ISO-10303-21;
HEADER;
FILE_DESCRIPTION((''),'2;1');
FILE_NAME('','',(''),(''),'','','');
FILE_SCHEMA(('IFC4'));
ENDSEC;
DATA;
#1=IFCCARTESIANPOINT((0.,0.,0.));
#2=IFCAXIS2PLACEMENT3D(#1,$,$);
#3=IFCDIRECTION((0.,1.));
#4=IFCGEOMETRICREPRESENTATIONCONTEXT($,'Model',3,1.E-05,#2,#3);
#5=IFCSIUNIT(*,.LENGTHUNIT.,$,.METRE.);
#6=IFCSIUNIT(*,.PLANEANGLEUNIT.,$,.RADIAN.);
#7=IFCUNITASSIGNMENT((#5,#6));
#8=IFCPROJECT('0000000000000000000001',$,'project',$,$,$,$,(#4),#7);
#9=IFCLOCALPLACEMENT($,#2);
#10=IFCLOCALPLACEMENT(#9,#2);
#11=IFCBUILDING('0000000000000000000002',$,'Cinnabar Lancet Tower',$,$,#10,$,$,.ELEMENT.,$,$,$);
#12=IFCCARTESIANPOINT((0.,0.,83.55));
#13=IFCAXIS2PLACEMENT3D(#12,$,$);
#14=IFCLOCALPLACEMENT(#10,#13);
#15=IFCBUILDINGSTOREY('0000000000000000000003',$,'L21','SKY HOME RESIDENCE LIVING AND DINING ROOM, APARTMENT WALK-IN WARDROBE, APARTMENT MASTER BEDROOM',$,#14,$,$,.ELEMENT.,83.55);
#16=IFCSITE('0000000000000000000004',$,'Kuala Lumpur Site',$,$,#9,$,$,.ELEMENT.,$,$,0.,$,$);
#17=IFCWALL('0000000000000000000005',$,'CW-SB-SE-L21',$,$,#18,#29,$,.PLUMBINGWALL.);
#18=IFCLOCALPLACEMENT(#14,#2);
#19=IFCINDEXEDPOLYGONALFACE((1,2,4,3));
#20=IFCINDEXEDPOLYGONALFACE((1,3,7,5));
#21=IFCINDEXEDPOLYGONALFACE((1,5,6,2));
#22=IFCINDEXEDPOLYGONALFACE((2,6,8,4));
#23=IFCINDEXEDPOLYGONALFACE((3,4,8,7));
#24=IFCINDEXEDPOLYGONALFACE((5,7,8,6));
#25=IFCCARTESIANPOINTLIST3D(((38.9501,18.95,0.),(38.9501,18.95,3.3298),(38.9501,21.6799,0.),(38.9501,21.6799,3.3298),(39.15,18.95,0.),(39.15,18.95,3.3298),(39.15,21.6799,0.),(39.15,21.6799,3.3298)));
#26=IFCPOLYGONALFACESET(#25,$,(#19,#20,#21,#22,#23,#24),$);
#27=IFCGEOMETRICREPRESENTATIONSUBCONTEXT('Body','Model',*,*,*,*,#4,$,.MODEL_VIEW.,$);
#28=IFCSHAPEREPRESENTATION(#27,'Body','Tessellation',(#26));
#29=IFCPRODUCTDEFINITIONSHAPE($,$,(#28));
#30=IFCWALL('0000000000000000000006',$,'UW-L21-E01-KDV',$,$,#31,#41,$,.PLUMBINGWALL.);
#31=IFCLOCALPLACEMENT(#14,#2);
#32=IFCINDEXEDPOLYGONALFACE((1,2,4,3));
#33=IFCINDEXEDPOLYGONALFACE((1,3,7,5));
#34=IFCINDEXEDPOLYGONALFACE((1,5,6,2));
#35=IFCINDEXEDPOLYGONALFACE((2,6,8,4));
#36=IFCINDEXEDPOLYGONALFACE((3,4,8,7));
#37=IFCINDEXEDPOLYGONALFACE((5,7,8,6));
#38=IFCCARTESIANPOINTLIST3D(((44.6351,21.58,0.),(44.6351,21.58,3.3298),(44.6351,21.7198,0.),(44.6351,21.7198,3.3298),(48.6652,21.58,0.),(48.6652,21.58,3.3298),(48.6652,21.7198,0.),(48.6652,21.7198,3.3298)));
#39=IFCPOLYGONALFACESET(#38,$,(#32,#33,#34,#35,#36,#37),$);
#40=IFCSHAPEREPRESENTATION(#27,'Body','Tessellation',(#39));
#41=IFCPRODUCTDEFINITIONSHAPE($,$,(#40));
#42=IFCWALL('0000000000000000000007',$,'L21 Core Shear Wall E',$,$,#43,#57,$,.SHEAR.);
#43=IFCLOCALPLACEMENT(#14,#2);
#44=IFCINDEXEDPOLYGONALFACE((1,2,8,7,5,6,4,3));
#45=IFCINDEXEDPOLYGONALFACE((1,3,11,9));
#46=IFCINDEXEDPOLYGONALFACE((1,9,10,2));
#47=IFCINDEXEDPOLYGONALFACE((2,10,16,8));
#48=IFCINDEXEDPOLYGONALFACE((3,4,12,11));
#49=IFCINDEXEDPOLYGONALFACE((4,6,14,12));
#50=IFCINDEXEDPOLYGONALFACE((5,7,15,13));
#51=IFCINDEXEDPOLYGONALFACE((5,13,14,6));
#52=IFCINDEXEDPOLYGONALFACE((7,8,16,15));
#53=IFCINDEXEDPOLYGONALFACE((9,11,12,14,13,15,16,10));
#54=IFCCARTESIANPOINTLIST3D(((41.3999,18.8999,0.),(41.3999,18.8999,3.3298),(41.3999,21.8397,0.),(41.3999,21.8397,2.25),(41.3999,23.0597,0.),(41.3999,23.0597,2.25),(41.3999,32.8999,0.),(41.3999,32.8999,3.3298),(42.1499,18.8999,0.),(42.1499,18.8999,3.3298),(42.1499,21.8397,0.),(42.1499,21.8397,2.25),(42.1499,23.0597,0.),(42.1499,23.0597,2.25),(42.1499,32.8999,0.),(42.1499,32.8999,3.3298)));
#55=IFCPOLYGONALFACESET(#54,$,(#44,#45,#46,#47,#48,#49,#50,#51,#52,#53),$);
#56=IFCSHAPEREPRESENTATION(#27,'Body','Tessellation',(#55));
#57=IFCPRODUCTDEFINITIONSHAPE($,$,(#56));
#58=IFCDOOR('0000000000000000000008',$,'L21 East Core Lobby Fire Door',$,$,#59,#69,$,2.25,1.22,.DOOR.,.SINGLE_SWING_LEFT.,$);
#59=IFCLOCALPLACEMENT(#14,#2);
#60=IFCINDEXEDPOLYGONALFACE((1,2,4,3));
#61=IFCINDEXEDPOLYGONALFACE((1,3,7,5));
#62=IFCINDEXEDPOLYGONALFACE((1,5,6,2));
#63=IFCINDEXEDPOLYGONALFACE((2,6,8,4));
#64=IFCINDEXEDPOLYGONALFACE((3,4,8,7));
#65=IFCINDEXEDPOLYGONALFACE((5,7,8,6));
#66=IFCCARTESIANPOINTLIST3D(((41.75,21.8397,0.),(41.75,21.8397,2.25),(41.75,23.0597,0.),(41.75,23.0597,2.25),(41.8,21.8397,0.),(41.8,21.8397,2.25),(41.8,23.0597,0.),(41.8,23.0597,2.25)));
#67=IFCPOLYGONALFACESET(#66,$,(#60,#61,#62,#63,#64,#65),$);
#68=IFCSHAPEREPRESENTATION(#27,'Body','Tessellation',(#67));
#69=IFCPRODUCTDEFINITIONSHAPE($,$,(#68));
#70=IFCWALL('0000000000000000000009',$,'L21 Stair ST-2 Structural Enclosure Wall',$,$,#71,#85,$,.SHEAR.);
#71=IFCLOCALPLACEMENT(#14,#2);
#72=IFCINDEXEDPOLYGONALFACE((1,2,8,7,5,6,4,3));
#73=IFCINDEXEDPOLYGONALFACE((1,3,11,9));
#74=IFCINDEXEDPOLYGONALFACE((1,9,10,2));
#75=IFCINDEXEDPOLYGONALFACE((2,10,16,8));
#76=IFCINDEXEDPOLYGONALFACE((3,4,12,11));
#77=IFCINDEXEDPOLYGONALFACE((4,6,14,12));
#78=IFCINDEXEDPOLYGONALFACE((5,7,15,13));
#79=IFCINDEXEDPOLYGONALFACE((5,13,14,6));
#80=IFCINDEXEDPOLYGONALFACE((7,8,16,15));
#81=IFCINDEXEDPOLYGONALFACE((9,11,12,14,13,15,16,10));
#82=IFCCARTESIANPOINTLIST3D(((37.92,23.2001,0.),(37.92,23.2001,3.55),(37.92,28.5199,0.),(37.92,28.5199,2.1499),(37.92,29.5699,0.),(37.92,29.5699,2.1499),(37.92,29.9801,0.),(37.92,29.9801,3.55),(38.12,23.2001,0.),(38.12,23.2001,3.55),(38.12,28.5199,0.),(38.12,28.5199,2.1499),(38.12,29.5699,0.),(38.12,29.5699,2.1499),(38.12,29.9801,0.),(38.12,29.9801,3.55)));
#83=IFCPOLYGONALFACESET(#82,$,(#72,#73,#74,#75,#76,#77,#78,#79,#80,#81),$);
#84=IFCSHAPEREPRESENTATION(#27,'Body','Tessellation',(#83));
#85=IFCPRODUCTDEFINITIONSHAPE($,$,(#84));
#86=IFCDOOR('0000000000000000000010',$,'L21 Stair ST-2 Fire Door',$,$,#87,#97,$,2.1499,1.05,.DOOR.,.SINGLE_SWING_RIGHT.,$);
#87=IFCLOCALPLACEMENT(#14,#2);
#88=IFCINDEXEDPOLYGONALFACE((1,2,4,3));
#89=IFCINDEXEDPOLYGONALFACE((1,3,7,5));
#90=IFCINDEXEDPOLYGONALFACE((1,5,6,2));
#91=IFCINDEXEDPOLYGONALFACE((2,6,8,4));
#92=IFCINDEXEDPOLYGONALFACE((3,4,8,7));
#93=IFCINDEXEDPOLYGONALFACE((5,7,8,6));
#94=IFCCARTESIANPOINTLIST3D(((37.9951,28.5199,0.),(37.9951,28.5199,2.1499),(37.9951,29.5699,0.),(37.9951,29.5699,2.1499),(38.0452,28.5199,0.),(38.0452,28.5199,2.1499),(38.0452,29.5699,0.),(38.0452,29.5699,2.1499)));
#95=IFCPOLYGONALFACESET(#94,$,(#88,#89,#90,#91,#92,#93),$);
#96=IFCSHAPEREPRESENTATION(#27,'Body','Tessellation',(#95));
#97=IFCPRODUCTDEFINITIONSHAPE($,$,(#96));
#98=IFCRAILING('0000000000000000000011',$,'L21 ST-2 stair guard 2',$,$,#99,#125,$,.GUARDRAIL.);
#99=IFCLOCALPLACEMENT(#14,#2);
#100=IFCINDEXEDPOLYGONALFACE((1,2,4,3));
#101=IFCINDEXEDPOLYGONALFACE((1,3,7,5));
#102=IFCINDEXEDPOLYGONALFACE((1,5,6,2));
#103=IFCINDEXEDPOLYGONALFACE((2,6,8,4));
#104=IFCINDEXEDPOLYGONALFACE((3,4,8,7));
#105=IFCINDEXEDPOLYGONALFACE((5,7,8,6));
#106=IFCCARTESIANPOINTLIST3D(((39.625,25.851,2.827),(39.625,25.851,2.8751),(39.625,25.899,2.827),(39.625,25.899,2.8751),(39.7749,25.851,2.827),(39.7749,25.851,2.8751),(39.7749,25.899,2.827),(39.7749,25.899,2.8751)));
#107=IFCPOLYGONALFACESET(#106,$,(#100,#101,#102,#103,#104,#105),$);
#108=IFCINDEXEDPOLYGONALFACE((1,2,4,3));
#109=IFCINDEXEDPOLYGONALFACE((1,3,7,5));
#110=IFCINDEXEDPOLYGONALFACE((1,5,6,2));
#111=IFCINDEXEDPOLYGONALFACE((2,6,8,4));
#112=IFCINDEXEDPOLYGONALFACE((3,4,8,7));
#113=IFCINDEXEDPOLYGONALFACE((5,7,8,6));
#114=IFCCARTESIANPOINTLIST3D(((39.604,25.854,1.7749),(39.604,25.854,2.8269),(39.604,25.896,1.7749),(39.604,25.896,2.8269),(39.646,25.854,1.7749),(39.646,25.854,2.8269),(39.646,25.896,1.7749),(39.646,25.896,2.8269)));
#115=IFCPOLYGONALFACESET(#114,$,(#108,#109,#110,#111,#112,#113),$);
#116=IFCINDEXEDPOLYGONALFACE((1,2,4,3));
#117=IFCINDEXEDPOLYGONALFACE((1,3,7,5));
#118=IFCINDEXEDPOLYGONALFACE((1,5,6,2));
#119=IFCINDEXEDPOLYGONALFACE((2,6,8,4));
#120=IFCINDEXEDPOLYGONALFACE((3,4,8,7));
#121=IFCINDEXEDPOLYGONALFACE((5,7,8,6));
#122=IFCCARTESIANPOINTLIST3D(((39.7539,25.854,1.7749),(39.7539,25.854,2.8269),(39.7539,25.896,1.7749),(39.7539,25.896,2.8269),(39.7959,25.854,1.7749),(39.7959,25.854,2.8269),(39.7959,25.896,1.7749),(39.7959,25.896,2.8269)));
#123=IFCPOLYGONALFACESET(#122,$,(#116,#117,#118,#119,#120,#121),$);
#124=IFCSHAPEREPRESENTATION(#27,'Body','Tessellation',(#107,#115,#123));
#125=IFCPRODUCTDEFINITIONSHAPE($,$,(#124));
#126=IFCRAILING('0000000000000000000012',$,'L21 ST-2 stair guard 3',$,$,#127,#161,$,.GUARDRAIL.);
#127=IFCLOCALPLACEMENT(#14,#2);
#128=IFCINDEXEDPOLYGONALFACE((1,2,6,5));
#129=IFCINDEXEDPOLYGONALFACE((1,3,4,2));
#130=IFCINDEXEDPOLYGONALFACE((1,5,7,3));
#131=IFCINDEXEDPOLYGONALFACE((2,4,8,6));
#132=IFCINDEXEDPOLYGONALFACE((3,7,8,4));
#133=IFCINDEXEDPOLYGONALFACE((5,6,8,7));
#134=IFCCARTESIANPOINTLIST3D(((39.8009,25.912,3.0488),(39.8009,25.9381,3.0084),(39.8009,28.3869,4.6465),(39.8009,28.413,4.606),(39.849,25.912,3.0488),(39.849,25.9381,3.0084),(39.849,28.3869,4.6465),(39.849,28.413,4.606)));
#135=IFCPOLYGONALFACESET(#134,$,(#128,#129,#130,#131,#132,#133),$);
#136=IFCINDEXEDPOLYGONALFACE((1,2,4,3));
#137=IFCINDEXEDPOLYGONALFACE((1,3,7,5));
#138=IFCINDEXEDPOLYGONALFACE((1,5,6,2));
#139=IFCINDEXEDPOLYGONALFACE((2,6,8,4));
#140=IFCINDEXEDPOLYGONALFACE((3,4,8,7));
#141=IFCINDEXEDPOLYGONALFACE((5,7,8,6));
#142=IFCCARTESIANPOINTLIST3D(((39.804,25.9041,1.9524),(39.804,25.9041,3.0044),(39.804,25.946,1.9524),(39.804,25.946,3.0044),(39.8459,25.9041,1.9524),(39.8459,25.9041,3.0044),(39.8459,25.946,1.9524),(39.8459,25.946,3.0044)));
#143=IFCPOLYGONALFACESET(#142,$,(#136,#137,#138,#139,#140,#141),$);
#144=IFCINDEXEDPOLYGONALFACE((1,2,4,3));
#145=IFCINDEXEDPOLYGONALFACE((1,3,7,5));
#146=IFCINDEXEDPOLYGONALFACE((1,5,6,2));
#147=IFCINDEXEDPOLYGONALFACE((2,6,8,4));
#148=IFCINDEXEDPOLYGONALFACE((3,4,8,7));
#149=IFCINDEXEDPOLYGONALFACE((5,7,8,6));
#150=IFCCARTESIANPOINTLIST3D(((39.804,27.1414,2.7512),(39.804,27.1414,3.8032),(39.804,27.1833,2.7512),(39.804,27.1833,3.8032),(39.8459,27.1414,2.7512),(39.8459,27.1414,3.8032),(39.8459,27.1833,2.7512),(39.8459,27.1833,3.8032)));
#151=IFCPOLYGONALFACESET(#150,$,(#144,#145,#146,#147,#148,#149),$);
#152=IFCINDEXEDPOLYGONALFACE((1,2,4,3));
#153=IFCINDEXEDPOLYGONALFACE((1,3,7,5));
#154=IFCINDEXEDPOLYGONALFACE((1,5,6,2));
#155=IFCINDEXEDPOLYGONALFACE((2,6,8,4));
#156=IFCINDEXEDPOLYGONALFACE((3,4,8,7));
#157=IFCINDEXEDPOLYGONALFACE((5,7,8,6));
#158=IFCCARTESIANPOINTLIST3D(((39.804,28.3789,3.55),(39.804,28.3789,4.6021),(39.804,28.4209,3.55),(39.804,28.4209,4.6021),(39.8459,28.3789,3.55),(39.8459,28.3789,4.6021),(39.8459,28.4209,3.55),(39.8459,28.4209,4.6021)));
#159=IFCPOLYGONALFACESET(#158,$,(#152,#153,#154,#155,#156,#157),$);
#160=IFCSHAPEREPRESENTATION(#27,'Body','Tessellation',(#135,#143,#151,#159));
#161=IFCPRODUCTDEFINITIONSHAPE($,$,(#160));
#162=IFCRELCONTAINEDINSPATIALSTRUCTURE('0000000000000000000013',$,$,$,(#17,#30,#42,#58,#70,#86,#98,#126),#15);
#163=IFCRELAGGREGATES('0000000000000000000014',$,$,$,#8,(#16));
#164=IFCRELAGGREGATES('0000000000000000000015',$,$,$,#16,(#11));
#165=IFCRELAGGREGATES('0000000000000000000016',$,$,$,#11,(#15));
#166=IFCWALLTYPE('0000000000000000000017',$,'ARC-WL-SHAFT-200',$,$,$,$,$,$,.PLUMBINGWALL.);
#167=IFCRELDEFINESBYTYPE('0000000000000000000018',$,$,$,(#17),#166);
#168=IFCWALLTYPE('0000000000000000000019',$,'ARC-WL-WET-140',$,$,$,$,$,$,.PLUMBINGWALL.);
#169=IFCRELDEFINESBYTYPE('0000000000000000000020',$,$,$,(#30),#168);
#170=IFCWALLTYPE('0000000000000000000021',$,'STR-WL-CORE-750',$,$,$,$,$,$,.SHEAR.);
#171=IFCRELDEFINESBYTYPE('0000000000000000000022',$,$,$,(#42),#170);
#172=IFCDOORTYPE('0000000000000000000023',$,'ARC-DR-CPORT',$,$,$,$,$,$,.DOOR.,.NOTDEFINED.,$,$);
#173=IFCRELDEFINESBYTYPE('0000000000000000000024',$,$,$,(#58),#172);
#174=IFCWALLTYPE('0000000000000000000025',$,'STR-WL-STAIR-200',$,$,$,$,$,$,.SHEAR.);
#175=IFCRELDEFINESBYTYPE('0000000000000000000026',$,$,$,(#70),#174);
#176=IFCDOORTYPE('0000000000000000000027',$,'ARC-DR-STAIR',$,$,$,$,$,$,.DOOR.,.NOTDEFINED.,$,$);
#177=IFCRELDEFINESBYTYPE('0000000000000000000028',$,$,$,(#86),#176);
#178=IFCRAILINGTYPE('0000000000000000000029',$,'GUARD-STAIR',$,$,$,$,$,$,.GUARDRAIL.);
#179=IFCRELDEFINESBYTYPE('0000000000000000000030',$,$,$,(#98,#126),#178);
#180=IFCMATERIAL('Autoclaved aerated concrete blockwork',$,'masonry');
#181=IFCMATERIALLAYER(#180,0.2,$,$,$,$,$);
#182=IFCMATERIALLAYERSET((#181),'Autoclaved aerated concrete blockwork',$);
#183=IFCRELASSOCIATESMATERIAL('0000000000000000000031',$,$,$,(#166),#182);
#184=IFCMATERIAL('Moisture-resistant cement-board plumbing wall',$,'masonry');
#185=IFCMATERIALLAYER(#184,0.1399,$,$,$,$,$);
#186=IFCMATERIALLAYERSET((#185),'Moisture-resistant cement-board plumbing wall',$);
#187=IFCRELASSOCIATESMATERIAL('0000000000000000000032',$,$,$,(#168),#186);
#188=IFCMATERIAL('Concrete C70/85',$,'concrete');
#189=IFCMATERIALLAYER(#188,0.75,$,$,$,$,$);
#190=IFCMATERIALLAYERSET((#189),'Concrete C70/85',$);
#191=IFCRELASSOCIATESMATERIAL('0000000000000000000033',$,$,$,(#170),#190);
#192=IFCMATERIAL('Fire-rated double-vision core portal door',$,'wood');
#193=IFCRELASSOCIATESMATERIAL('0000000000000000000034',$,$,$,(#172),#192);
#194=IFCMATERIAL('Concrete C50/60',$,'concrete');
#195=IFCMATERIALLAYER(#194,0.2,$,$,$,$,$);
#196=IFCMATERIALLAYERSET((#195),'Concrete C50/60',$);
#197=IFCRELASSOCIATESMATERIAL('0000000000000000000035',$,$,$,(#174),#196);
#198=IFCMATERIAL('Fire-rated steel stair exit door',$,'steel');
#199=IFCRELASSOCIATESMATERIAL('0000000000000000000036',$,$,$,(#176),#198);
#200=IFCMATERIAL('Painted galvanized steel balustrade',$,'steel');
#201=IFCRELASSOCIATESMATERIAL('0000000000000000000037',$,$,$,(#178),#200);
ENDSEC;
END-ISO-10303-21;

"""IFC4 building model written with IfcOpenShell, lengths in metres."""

from ifc_helpers import new_model, si_unit, direction, frame, frame_2d, origin, origin_2d, place, context, subcontext, project, spatial, rectangle, extrude, material, layer, layer_set, type_object, element, fill, save


model = new_model("IFC4")

# Units and contexts
model_context = context("Model", 3, precision=1e-05, world=origin(), true_north=direction((0.0, 1.0)))
body_context = subcontext(model_context, "Body", "Model", "MODEL_VIEW")
ifc_project = project(units=[si_unit("LENGTHUNIT", "METRE"), si_unit("PLANEANGLEUNIT", "RADIAN")], contexts=[model_context])

# Site, building, storey
site_placement = place(None, origin())
site = spatial("IfcSite", under=ifc_project, at=site_placement, Name="Kuala Lumpur Site", CompositionType="ELEMENT", RefElevation=0.0)
building_placement = place(site_placement, origin())
building = spatial("IfcBuilding", under=site, at=building_placement, Name="Cinnabar Lancet Tower", CompositionType="ELEMENT")
storey_placement = place(building_placement, frame((0.0, 0.0, 83.55)))
storey = spatial("IfcBuildingStorey", under=building, at=storey_placement, Name="L21", Description="SKY HOME RESIDENCE LIVING AND DINING ROOM, APARTMENT WALK-IN WARDROBE, APARTMENT MASTER BEDROOM", CompositionType="ELEMENT", Elevation=83.55)

# Shared definitions
ifc_material_1 = material(Name="Autoclaved aerated concrete blockwork", Category="masonry")
ifc_layer_1 = layer(ifc_material_1, 0.2)
ifc_layer_set_1 = layer_set([ifc_layer_1], Name="Autoclaved aerated concrete blockwork")
wall_type_1 = type_object("IfcWallType", Name="ARC-WL-SHAFT-200", PredefinedType="PLUMBINGWALL", material=ifc_layer_set_1)

# Walls
for number, where, z_axis, x_axis, name in (
    (1, (39.05, 18.95, 0.0), (0.0, 0.0, 1.0), (0.0, 1.0, 0.0), "CW-SB-SE-L21"),
):
    element("IfcWall", number, at=place(storey_placement, frame(where, z_axis=z_axis, x_axis=x_axis)), inside=storey, type_object=wall_type_1, Name=name, PredefinedType="PLUMBINGWALL", context=body_context, shape_type="SweptSolid", body=[
        extrude(rectangle(XDim=2.73, YDim=0.2, at=frame_2d((1.365, 0.0))), origin(), (0.0, 0.0, 1.0), 3.3298),
    ])
ifc_material_2 = material(Name="Moisture-resistant cement-board plumbing wall", Category="masonry")
ifc_layer_2 = layer(ifc_material_2, 0.1399)
ifc_layer_set_2 = layer_set([ifc_layer_2], Name="Moisture-resistant cement-board plumbing wall")
wall_type_2 = type_object("IfcWallType", Name="ARC-WL-WET-140", PredefinedType="PLUMBINGWALL", material=ifc_layer_set_2)
wall_1_placement = place(storey_placement, frame((44.635, 21.6499, 0.0), z_axis=(0.0, 0.0, 1.0), x_axis=(1.0, 0.0, 0.0)))
element("IfcWall", 2, at=wall_1_placement, inside=storey, type_object=wall_type_2, Name="UW-L21-E01-KDV", PredefinedType="PLUMBINGWALL", context=body_context, shape_type="SweptSolid", body=[
    extrude(rectangle(XDim=4.03, YDim=0.1399, at=frame_2d((2.0151, 0.0))), origin(), (0.0, 0.0, 1.0), 3.3298),
])

# Walls, openings, doors
ifc_material_3 = material(Name="Concrete C70/85", Category="concrete")
ifc_layer_3 = layer(ifc_material_3, 0.75)
ifc_layer_set_3 = layer_set([ifc_layer_3], Name="Concrete C70/85")
wall_type_3 = type_object("IfcWallType", Name="STR-WL-CORE-750", PredefinedType="SHEAR", material=ifc_layer_set_3)
wall_2_placement = place(storey_placement, frame((41.7749, 18.8999, 0.0), z_axis=(0.0, 0.0, 1.0), x_axis=(0.0, 1.0, 0.0)))
wall_2 = element("IfcWall", 3, at=wall_2_placement, inside=storey, type_object=wall_type_3, Name="L21 Core Shear Wall E", PredefinedType="SHEAR", context=body_context, shape_type="SweptSolid", body=[
    extrude(rectangle(XDim=14.0, YDim=0.75, at=frame_2d((7.0, 0.0))), origin(), (0.0, 0.0, 1.0), 3.3298),
])
opening_1_placement = place(wall_2_placement, frame((2.9399, 0.0, 0.0)))
opening_1 = element("IfcOpeningElement", 4, at=opening_1_placement, cuts=wall_2, PredefinedType="OPENING", context=body_context, shape_type="SweptSolid", body=[
    extrude(rectangle(XDim=1.22, YDim=2.25, at=frame_2d((0.6099, 1.125))), frame((0.0, 0.385, 0.0), z_axis=(0.0, -1.0, 0.0), x_axis=(1.0, 0.0, 0.0)), (0.0, 0.0, 1.0), 0.77),
])
ifc_material_4 = material(Name="Fire-rated double-vision core portal door", Category="wood")
door_type_1 = type_object("IfcDoorType", Name="ARC-DR-CPORT", OperationType="NOTDEFINED", PredefinedType="DOOR", material=ifc_material_4)
door_1_placement = place(opening_1_placement, origin())
door_1 = element("IfcDoor", 5, at=door_1_placement, inside=storey, type_object=door_type_1, Name="L21 East Core Lobby Fire Door", OperationType="SINGLE_SWING_LEFT", OverallHeight=2.25, OverallWidth=1.22, PredefinedType="DOOR", context=body_context, shape_type="SweptSolid", body=[
    extrude(rectangle(XDim=1.22, YDim=2.25, at=frame_2d((0.6099, 1.125))), frame((0.0, 0.0249, 0.0), z_axis=(0.0, -1.0, 0.0), x_axis=(1.0, 0.0, 0.0)), (0.0, 0.0, 1.0), 0.05),
])
fill(opening_1, door_1)
ifc_material_5 = material(Name="Concrete C50/60", Category="concrete")
ifc_layer_4 = layer(ifc_material_5, 0.2)
ifc_layer_set_4 = layer_set([ifc_layer_4], Name="Concrete C50/60")
wall_type_4 = type_object("IfcWallType", Name="STR-WL-STAIR-200", PredefinedType="SHEAR", material=ifc_layer_set_4)
wall_3_placement = place(storey_placement, frame((38.02, 23.2, 0.0), z_axis=(0.0, 0.0, 1.0), x_axis=(0.0, 1.0, 0.0)))
wall_3 = element("IfcWall", 6, at=wall_3_placement, inside=storey, type_object=wall_type_4, Name="L21 Stair ST-2 Structural Enclosure Wall", PredefinedType="SHEAR", context=body_context, shape_type="SweptSolid", body=[
    extrude(rectangle(XDim=6.78, YDim=0.2, at=frame_2d((3.3901, 0.0))), origin(), (0.0, 0.0, 1.0), 3.55),
])
opening_2_placement = place(wall_3_placement, frame((5.3201, 0.0, 0.0)))
opening_2 = element("IfcOpeningElement", 7, at=opening_2_placement, cuts=wall_3, PredefinedType="OPENING", context=body_context, shape_type="SweptSolid", body=[
    extrude(rectangle(XDim=1.05, YDim=2.1499, at=frame_2d((0.5249, 1.075))), frame((0.0, 0.1099, 0.0), z_axis=(0.0, -1.0, 0.0), x_axis=(1.0, 0.0, 0.0)), (0.0, 0.0, 1.0), 0.22),
])
ifc_material_6 = material(Name="Fire-rated steel stair exit door", Category="steel")
door_type_2 = type_object("IfcDoorType", Name="ARC-DR-STAIR", OperationType="NOTDEFINED", PredefinedType="DOOR", material=ifc_material_6)
door_2_placement = place(opening_2_placement, origin())
door_2 = element("IfcDoor", 8, at=door_2_placement, inside=storey, type_object=door_type_2, Name="L21 Stair ST-2 Fire Door", OperationType="SINGLE_SWING_RIGHT", OverallHeight=2.1499, OverallWidth=1.05, PredefinedType="DOOR", context=body_context, shape_type="SweptSolid", body=[
    extrude(rectangle(XDim=1.05, YDim=2.1499, at=frame_2d((0.5249, 1.075))), frame((0.0, 0.0249, 0.0), z_axis=(0.0, -1.0, 0.0), x_axis=(1.0, 0.0, 0.0)), (0.0, 0.0, 1.0), 0.05),
])
fill(opening_2, door_2)

# Railings
ifc_material_7 = material(Name="Painted galvanized steel balustrade", Category="steel")
railing_type = type_object("IfcRailingType", Name="GUARD-STAIR", PredefinedType="GUARDRAIL", material=ifc_material_7)
railing_1_placement = place(storey_placement, frame((39.625, 25.875, 1.7749)))
element("IfcRailing", 9, at=railing_1_placement, inside=storey, type_object=railing_type, Name="L21 ST-2 stair guard 2", PredefinedType="GUARDRAIL", context=body_context, shape_type="SweptSolid", body=[
    extrude(rectangle(XDim=0.0481, YDim=0.0481, at=origin_2d()), frame((0.0, 0.0, 1.0762), z_axis=(1.0, 0.0, 0.0), x_axis=(0.0, 1.0, 0.0)), (0.0, 0.0, 1.0), 0.1499),
    extrude(rectangle(XDim=0.042, YDim=0.042, at=origin_2d()), origin(), (0.0, 0.0, 1.0), 1.052),
    extrude(rectangle(XDim=0.042, YDim=0.042, at=origin_2d()), frame((0.1499, 0.0, 0.0)), (0.0, 0.0, 1.0), 1.052),
])
railing_2_placement = place(storey_placement, frame((39.825, 25.925, 1.9524)))
element("IfcRailing", 10, at=railing_2_placement, inside=storey, type_object=railing_type, Name="L21 ST-2 stair guard 3", PredefinedType="GUARDRAIL", context=body_context, shape_type="SweptSolid", body=[
    extrude(rectangle(XDim=0.0481, YDim=0.0481, at=origin_2d()), frame((0.0, 0.0, 1.0762), z_axis=(0.0, 0.840146, 0.542361), x_axis=(-1.0, 0.0, 0.0)), (0.0, 0.0, 1.0), 2.9458),
    extrude(rectangle(XDim=0.042, YDim=0.042, at=origin_2d()), origin(), (0.0, 0.0, 1.0), 1.052),
    extrude(rectangle(XDim=0.042, YDim=0.042, at=origin_2d()), frame((0.0, 1.2373, 0.7988)), (0.0, 0.0, 1.0), 1.052),
    extrude(rectangle(XDim=0.042, YDim=0.042, at=origin_2d()), frame((0.0, 2.4749, 1.5977)), (0.0, 0.0, 1.0), 1.052),
])

save(model, "model.ifc")
